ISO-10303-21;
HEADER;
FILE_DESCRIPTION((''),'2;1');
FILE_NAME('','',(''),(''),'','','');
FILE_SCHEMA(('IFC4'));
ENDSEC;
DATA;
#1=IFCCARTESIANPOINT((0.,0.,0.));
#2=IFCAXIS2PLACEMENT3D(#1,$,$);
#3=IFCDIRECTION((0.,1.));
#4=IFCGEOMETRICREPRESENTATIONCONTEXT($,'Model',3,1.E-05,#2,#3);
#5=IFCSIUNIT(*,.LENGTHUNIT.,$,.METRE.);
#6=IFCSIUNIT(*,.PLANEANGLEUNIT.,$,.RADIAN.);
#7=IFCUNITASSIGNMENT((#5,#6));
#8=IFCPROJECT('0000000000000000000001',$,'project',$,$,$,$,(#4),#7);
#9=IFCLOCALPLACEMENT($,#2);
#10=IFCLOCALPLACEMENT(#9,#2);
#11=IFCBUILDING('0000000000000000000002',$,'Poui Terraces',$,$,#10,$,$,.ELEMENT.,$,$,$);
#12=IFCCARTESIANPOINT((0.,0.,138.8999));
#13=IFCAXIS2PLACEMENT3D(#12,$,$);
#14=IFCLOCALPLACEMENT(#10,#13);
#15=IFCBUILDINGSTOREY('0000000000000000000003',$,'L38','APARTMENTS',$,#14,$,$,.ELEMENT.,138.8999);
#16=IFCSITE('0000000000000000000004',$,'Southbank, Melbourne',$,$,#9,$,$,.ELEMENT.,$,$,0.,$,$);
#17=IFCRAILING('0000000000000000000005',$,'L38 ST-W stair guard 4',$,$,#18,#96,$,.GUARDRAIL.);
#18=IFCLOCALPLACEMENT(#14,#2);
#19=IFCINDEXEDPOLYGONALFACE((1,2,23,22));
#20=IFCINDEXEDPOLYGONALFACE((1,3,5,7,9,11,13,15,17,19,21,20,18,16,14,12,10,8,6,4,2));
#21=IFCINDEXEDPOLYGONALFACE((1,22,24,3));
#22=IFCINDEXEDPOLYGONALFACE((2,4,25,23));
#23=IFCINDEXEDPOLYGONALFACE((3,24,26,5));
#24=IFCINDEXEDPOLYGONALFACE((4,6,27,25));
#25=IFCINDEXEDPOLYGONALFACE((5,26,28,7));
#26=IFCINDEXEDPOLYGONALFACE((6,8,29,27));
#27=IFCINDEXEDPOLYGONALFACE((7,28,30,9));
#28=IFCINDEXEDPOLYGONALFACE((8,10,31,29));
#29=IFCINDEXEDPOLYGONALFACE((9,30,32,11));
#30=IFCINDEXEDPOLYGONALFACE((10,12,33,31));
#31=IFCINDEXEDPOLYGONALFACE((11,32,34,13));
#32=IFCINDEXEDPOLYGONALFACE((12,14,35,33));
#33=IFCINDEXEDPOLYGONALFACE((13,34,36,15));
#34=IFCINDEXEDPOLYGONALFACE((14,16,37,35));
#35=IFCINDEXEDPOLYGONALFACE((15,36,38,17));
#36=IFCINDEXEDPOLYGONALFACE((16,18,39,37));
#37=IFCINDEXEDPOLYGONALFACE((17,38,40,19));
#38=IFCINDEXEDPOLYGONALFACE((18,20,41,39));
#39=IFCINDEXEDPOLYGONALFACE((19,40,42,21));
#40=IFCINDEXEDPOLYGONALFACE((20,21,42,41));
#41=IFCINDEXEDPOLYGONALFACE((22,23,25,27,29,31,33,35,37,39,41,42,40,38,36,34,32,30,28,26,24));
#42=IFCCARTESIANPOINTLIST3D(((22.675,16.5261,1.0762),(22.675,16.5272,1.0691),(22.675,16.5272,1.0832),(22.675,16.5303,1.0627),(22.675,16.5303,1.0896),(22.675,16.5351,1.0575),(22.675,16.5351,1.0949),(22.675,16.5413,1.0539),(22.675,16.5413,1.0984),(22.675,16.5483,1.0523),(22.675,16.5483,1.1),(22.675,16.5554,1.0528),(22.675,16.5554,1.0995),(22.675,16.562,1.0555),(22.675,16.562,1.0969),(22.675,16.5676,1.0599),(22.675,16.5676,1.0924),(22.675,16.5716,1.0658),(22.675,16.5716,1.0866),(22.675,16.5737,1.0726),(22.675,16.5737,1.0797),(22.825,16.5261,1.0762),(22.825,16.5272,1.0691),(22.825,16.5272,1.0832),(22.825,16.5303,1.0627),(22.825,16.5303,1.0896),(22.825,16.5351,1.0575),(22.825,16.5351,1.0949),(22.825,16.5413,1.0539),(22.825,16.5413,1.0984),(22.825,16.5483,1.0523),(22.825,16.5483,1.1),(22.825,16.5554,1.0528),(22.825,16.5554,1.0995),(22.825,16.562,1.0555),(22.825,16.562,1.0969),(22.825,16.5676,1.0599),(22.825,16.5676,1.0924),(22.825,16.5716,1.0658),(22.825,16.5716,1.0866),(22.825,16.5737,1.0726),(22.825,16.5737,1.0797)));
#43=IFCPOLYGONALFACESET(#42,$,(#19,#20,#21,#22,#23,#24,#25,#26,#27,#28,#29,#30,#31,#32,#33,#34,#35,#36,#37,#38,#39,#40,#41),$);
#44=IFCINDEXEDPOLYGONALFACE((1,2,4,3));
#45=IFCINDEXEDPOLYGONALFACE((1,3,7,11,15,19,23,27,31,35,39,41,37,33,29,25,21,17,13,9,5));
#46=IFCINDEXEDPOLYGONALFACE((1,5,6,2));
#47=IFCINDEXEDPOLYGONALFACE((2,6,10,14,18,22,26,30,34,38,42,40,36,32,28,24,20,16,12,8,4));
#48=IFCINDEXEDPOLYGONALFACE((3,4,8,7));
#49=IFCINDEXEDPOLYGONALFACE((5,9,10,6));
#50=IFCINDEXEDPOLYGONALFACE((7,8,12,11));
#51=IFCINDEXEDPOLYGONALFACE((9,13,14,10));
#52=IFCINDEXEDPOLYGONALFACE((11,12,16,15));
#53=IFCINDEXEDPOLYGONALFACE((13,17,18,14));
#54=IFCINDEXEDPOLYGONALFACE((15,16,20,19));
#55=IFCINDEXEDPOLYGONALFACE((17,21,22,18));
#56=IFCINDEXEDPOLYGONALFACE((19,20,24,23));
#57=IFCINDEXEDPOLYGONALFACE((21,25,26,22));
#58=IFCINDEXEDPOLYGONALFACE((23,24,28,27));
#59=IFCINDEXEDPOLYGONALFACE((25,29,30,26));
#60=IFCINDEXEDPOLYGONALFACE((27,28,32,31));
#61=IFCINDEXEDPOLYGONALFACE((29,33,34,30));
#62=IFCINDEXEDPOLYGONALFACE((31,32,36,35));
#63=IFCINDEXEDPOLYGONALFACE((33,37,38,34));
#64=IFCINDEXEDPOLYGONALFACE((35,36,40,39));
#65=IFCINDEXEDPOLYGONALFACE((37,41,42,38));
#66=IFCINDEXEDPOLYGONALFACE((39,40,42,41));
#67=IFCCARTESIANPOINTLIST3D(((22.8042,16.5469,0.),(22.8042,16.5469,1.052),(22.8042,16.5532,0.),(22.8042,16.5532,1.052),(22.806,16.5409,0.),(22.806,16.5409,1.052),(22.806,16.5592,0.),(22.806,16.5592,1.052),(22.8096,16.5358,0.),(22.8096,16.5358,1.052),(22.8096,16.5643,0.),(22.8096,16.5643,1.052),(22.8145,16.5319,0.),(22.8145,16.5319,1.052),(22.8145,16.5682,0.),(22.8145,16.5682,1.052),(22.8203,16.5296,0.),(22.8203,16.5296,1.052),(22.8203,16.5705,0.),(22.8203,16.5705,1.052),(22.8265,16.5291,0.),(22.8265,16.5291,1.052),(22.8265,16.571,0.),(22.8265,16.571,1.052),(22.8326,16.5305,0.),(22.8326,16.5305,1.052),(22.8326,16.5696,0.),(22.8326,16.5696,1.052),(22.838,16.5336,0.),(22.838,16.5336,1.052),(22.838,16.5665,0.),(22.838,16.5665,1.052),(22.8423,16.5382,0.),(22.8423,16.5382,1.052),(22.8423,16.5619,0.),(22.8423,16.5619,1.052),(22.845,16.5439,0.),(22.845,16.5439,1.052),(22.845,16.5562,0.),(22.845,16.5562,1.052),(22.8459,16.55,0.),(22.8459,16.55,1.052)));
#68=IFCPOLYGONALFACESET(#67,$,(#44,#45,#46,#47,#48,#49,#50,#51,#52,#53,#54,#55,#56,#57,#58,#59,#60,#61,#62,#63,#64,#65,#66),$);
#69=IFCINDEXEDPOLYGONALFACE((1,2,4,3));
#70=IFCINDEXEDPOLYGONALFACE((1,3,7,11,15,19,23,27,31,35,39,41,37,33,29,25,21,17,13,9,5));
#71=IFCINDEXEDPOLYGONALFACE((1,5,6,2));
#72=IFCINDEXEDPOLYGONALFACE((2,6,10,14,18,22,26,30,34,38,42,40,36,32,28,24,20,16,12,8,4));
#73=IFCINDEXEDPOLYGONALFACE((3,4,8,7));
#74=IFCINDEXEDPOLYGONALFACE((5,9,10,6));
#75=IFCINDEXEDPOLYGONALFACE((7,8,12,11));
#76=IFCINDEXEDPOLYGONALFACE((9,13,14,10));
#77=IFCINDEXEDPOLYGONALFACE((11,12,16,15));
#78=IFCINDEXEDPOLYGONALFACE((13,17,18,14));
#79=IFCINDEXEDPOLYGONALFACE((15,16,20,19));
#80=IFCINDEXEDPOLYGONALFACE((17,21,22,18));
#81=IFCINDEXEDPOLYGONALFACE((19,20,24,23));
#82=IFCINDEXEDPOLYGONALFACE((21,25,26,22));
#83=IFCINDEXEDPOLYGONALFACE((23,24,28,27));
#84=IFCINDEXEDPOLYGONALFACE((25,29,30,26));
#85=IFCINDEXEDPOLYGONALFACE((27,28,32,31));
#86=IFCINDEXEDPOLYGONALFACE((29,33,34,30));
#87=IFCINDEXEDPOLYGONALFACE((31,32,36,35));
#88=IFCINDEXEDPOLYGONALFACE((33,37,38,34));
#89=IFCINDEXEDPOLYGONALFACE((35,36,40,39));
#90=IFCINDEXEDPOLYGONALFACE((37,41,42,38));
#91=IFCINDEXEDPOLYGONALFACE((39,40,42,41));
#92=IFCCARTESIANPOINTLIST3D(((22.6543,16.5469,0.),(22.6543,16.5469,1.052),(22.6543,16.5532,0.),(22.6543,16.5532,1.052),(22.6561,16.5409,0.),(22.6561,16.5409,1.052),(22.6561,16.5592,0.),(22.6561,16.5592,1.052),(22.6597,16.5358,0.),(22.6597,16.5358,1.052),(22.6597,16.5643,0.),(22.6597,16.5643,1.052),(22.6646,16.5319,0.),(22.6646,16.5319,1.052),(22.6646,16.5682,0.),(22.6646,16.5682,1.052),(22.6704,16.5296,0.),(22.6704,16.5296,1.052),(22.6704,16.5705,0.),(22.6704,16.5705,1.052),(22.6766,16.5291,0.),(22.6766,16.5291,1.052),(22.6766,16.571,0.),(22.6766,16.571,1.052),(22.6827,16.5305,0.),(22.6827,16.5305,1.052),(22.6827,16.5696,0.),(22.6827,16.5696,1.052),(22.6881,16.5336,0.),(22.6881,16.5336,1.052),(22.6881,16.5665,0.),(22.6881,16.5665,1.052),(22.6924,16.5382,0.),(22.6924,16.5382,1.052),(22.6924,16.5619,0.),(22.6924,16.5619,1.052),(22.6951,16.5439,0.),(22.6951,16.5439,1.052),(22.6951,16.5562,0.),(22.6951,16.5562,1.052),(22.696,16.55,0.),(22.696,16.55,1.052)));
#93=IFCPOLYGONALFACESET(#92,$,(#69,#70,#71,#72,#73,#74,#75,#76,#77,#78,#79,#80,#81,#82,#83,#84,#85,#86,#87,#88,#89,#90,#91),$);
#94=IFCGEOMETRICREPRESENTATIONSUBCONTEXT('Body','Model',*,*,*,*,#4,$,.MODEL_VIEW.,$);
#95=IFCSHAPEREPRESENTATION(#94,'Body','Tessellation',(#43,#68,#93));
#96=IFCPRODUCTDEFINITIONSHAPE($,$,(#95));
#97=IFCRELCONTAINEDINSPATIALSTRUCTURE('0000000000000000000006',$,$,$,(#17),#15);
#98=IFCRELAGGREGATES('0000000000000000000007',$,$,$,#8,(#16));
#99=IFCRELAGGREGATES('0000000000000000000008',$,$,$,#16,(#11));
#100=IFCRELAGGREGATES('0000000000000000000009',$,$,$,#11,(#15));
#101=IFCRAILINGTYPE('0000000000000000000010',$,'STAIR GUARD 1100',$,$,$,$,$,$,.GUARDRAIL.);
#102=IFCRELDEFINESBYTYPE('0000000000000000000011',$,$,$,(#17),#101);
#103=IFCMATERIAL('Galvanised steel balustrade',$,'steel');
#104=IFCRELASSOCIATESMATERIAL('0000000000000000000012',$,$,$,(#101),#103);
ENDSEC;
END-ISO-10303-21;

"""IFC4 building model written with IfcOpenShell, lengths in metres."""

from ifc_helpers import new_model, si_unit, direction, frame, origin, origin_2d, place, context, subcontext, project, spatial, circle, extrude, material, type_object, element, save


model = new_model("IFC4")

# Units and contexts
model_context = context("Model", 3, precision=1e-05, world=origin(), true_north=direction((0.0, 1.0)))
body_context = subcontext(model_context, "Body", "Model", "MODEL_VIEW")
ifc_project = project(units=[si_unit("LENGTHUNIT", "METRE"), si_unit("PLANEANGLEUNIT", "RADIAN")], contexts=[model_context])

# Site, building, storey
site_placement = place(None, origin())
site = spatial("IfcSite", under=ifc_project, at=site_placement, Name="Southbank, Melbourne", CompositionType="ELEMENT", RefElevation=0.0)
building_placement = place(site_placement, origin())
building = spatial("IfcBuilding", under=site, at=building_placement, Name="Poui Terraces", CompositionType="ELEMENT")
storey_placement = place(building_placement, frame((0.0, 0.0, 138.8999)))
storey = spatial("IfcBuildingStorey", under=building, at=storey_placement, Name="L38", Description="APARTMENTS", CompositionType="ELEMENT", Elevation=138.8999)

# Railing
ifc_material_1 = material(Name="Galvanised steel balustrade", Category="steel")
railing_type_1 = type_object("IfcRailingType", Name="STAIR GUARD 1100", PredefinedType="GUARDRAIL", material=ifc_material_1)
railing_1_placement = place(storey_placement, frame((22.825, 16.55, 0.0)))
element("IfcRailing", 1, at=railing_1_placement, inside=storey, type_object=railing_type_1, Name="L38 ST-W stair guard 4", PredefinedType="GUARDRAIL", context=body_context, shape_type="SweptSolid", body=[
    extrude(circle(Radius=0.0239, at=origin_2d()), frame((0.0, 0.0, 1.0762), z_axis=(-1.0, 0.0, 0.0), x_axis=(0.0, -1.0, 0.0)), (0.0, 0.0, 1.0), 0.1499),
    extrude(circle(Radius=0.021, at=origin_2d()), origin(), (0.0, 0.0, 1.0), 1.052),
    extrude(circle(Radius=0.021, at=origin_2d()), frame((-0.1499, 0.0, 0.0)), (0.0, 0.0, 1.0), 1.052),
])

save(model, "model.ifc")
